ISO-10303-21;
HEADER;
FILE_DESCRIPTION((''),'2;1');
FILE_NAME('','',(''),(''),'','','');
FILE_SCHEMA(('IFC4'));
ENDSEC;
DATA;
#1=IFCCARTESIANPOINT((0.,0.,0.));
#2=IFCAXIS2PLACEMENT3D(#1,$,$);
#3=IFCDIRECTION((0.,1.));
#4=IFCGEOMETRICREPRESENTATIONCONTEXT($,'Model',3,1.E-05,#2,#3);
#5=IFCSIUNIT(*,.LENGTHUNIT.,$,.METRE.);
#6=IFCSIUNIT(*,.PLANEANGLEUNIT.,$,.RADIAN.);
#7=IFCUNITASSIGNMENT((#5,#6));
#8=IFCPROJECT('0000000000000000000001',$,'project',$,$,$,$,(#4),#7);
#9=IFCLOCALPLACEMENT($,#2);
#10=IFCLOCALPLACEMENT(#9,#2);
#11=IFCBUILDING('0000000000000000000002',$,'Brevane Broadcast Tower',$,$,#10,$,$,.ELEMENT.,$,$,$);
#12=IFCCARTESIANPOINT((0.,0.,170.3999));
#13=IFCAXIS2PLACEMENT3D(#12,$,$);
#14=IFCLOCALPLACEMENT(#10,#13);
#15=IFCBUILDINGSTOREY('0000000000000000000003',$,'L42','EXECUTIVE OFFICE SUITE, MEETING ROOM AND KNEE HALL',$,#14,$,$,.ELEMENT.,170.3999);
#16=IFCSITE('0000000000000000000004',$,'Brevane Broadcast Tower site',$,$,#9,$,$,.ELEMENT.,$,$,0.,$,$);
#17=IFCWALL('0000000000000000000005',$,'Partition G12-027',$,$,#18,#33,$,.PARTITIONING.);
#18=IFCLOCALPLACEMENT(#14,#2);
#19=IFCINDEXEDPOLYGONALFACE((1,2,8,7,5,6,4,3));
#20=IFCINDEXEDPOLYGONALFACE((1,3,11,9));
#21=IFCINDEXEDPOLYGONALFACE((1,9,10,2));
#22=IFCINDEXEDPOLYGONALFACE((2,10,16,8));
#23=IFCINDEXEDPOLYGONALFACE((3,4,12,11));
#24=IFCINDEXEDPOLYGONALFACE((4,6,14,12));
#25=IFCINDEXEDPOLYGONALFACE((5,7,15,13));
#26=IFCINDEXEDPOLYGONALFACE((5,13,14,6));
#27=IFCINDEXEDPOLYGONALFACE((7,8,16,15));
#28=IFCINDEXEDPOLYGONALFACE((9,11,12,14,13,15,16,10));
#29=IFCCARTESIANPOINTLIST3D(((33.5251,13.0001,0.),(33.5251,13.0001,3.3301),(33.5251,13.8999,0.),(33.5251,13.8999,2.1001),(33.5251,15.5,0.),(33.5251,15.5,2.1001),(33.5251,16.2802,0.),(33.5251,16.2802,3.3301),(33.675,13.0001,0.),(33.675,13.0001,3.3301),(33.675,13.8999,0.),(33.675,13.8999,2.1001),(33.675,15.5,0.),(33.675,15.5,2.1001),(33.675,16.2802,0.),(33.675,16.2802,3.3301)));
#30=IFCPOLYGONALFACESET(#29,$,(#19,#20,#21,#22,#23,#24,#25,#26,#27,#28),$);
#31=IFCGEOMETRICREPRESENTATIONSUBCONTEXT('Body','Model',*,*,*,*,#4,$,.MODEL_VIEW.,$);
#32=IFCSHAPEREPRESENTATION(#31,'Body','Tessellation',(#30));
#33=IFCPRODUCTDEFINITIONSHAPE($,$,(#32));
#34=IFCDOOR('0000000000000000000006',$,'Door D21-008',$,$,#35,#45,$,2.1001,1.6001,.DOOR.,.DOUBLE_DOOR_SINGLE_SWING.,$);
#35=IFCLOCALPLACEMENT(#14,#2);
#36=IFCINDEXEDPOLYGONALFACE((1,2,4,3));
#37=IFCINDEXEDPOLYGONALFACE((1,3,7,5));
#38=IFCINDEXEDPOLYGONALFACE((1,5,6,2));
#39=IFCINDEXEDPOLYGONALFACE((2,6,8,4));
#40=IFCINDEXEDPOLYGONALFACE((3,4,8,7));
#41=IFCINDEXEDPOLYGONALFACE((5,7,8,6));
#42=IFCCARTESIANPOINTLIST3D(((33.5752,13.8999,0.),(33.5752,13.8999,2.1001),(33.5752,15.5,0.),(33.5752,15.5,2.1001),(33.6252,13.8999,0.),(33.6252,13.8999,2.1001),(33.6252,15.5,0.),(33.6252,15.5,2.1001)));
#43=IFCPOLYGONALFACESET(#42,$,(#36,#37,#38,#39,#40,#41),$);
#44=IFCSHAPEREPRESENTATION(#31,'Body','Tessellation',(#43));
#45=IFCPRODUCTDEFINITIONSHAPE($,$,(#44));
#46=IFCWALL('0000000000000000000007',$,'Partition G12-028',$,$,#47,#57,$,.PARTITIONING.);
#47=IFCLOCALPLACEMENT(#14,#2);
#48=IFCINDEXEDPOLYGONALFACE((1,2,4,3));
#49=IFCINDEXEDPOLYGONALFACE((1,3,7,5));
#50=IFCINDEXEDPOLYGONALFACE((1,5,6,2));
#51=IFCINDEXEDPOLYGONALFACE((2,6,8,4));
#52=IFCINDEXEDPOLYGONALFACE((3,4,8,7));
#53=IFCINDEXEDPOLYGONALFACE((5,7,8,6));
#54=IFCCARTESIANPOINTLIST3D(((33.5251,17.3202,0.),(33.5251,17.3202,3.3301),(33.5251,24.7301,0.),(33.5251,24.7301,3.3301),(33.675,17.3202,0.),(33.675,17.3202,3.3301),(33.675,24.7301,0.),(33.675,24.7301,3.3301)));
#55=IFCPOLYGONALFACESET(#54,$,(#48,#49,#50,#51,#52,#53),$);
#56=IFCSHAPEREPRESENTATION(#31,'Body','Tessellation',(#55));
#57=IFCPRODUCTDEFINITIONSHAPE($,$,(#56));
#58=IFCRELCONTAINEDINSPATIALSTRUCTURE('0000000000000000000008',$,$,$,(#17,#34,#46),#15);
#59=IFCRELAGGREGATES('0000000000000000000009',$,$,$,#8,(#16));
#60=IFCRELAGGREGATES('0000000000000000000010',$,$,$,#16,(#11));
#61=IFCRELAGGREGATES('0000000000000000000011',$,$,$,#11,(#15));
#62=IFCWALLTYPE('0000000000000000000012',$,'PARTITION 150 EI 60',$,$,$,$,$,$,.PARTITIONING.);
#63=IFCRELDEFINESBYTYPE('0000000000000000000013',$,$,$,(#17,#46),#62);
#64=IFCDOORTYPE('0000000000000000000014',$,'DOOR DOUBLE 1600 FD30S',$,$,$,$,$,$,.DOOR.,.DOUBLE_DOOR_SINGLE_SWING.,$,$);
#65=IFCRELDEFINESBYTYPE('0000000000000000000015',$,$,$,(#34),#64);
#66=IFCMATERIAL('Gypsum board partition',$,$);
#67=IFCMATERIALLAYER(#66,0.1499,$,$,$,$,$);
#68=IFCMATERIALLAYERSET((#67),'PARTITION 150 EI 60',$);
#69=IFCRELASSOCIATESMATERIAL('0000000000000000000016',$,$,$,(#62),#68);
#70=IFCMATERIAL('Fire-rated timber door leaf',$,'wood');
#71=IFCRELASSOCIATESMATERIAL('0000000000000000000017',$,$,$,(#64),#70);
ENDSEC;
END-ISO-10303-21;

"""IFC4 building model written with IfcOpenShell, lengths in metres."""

from ifc_helpers import new_model, si_unit, direction, frame, frame_2d, origin, place, context, subcontext, project, spatial, rectangle, extrude, material, layer, layer_set, type_object, element, fill, save


model = new_model("IFC4")

# Units and contexts
model_context = context("Model", 3, precision=1e-05, world=origin(), true_north=direction((0.0, 1.0)))
body_context = subcontext(model_context, "Body", "Model", "MODEL_VIEW")
ifc_project = project(units=[si_unit("LENGTHUNIT", "METRE"), si_unit("PLANEANGLEUNIT", "RADIAN")], contexts=[model_context])

# Site, building, storey
site_placement = place(None, origin())
site = spatial("IfcSite", under=ifc_project, at=site_placement, Name="Brevane Broadcast Tower site", CompositionType="ELEMENT", RefElevation=0.0)
building_placement = place(site_placement, origin())
building = spatial("IfcBuilding", under=site, at=building_placement, Name="Brevane Broadcast Tower", CompositionType="ELEMENT")
storey_placement = place(building_placement, frame((0.0, 0.0, 170.3999)))
storey = spatial("IfcBuildingStorey", under=building, at=storey_placement, Name="L42", Description="EXECUTIVE OFFICE SUITE, MEETING ROOM AND KNEE HALL", CompositionType="ELEMENT", Elevation=170.3999)

# Shared definitions
ifc_material_1 = material(Name="Gypsum board partition")

# Shared definitions
ifc_layer_1 = layer(ifc_material_1, 0.1499)
ifc_layer_set_1 = layer_set([ifc_layer_1], Name="PARTITION 150 EI 60")
wall_type_1 = type_object("IfcWallType", Name="PARTITION 150 EI 60", PredefinedType="PARTITIONING", material=ifc_layer_set_1)
ifc_material_2 = material(Name="Fire-rated timber door leaf", Category="wood")

# Wall, opening, door
wall_1_placement = place(storey_placement, frame((33.6001, 13.0, 0.0), z_axis=(0.0, 0.0, 1.0), x_axis=(0.0, 1.0, 0.0)))
wall_1 = element("IfcWall", 1, at=wall_1_placement, inside=storey, type_object=wall_type_1, Name="Partition G12-027", PredefinedType="PARTITIONING", context=body_context, shape_type="SweptSolid", body=[
    extrude(rectangle(XDim=3.28, YDim=0.1499, at=frame_2d((1.6401, 0.0))), origin(), (0.0, 0.0, 1.0), 3.3301),
])
opening_1_placement = place(wall_1_placement, frame((0.8999, 0.0, 0.0)))
opening_1 = element("IfcOpeningElement", 2, at=opening_1_placement, cuts=wall_1, PredefinedType="OPENING", context=body_context, shape_type="SweptSolid", body=[
    extrude(rectangle(XDim=1.6001, YDim=2.1001, at=frame_2d((0.8, 1.05))), frame((0.0, 0.085, 0.0), z_axis=(0.0, -1.0, 0.0), x_axis=(1.0, 0.0, 0.0)), (0.0, 0.0, 1.0), 0.1699),
])
door_type_1 = type_object("IfcDoorType", Name="DOOR DOUBLE 1600 FD30S", OperationType="DOUBLE_DOOR_SINGLE_SWING", PredefinedType="DOOR", material=ifc_material_2)
door_1_placement = place(opening_1_placement, origin())
door_1 = element("IfcDoor", 3, at=door_1_placement, inside=storey, type_object=door_type_1, Name="Door D21-008", OperationType="DOUBLE_DOOR_SINGLE_SWING", OverallHeight=2.1001, OverallWidth=1.6001, PredefinedType="DOOR", context=body_context, shape_type="SweptSolid", body=[
    extrude(rectangle(XDim=1.6001, YDim=2.1001, at=frame_2d((0.8, 1.05))), frame((0.0, 0.0249, 0.0), z_axis=(0.0, -1.0, 0.0), x_axis=(1.0, 0.0, 0.0)), (0.0, 0.0, 1.0), 0.05),
])
fill(opening_1, door_1)

# Wall
wall_2_placement = place(storey_placement, frame((33.6001, 17.3201, 0.0), z_axis=(0.0, 0.0, 1.0), x_axis=(0.0, 1.0, 0.0)))
element("IfcWall", 4, at=wall_2_placement, inside=storey, type_object=wall_type_1, Name="Partition G12-028", PredefinedType="PARTITIONING", context=body_context, shape_type="SweptSolid", body=[
    extrude(rectangle(XDim=7.4099, YDim=0.1499, at=frame_2d((3.7051, 0.0))), origin(), (0.0, 0.0, 1.0), 3.3301),
])

save(model, "model.ifc")
